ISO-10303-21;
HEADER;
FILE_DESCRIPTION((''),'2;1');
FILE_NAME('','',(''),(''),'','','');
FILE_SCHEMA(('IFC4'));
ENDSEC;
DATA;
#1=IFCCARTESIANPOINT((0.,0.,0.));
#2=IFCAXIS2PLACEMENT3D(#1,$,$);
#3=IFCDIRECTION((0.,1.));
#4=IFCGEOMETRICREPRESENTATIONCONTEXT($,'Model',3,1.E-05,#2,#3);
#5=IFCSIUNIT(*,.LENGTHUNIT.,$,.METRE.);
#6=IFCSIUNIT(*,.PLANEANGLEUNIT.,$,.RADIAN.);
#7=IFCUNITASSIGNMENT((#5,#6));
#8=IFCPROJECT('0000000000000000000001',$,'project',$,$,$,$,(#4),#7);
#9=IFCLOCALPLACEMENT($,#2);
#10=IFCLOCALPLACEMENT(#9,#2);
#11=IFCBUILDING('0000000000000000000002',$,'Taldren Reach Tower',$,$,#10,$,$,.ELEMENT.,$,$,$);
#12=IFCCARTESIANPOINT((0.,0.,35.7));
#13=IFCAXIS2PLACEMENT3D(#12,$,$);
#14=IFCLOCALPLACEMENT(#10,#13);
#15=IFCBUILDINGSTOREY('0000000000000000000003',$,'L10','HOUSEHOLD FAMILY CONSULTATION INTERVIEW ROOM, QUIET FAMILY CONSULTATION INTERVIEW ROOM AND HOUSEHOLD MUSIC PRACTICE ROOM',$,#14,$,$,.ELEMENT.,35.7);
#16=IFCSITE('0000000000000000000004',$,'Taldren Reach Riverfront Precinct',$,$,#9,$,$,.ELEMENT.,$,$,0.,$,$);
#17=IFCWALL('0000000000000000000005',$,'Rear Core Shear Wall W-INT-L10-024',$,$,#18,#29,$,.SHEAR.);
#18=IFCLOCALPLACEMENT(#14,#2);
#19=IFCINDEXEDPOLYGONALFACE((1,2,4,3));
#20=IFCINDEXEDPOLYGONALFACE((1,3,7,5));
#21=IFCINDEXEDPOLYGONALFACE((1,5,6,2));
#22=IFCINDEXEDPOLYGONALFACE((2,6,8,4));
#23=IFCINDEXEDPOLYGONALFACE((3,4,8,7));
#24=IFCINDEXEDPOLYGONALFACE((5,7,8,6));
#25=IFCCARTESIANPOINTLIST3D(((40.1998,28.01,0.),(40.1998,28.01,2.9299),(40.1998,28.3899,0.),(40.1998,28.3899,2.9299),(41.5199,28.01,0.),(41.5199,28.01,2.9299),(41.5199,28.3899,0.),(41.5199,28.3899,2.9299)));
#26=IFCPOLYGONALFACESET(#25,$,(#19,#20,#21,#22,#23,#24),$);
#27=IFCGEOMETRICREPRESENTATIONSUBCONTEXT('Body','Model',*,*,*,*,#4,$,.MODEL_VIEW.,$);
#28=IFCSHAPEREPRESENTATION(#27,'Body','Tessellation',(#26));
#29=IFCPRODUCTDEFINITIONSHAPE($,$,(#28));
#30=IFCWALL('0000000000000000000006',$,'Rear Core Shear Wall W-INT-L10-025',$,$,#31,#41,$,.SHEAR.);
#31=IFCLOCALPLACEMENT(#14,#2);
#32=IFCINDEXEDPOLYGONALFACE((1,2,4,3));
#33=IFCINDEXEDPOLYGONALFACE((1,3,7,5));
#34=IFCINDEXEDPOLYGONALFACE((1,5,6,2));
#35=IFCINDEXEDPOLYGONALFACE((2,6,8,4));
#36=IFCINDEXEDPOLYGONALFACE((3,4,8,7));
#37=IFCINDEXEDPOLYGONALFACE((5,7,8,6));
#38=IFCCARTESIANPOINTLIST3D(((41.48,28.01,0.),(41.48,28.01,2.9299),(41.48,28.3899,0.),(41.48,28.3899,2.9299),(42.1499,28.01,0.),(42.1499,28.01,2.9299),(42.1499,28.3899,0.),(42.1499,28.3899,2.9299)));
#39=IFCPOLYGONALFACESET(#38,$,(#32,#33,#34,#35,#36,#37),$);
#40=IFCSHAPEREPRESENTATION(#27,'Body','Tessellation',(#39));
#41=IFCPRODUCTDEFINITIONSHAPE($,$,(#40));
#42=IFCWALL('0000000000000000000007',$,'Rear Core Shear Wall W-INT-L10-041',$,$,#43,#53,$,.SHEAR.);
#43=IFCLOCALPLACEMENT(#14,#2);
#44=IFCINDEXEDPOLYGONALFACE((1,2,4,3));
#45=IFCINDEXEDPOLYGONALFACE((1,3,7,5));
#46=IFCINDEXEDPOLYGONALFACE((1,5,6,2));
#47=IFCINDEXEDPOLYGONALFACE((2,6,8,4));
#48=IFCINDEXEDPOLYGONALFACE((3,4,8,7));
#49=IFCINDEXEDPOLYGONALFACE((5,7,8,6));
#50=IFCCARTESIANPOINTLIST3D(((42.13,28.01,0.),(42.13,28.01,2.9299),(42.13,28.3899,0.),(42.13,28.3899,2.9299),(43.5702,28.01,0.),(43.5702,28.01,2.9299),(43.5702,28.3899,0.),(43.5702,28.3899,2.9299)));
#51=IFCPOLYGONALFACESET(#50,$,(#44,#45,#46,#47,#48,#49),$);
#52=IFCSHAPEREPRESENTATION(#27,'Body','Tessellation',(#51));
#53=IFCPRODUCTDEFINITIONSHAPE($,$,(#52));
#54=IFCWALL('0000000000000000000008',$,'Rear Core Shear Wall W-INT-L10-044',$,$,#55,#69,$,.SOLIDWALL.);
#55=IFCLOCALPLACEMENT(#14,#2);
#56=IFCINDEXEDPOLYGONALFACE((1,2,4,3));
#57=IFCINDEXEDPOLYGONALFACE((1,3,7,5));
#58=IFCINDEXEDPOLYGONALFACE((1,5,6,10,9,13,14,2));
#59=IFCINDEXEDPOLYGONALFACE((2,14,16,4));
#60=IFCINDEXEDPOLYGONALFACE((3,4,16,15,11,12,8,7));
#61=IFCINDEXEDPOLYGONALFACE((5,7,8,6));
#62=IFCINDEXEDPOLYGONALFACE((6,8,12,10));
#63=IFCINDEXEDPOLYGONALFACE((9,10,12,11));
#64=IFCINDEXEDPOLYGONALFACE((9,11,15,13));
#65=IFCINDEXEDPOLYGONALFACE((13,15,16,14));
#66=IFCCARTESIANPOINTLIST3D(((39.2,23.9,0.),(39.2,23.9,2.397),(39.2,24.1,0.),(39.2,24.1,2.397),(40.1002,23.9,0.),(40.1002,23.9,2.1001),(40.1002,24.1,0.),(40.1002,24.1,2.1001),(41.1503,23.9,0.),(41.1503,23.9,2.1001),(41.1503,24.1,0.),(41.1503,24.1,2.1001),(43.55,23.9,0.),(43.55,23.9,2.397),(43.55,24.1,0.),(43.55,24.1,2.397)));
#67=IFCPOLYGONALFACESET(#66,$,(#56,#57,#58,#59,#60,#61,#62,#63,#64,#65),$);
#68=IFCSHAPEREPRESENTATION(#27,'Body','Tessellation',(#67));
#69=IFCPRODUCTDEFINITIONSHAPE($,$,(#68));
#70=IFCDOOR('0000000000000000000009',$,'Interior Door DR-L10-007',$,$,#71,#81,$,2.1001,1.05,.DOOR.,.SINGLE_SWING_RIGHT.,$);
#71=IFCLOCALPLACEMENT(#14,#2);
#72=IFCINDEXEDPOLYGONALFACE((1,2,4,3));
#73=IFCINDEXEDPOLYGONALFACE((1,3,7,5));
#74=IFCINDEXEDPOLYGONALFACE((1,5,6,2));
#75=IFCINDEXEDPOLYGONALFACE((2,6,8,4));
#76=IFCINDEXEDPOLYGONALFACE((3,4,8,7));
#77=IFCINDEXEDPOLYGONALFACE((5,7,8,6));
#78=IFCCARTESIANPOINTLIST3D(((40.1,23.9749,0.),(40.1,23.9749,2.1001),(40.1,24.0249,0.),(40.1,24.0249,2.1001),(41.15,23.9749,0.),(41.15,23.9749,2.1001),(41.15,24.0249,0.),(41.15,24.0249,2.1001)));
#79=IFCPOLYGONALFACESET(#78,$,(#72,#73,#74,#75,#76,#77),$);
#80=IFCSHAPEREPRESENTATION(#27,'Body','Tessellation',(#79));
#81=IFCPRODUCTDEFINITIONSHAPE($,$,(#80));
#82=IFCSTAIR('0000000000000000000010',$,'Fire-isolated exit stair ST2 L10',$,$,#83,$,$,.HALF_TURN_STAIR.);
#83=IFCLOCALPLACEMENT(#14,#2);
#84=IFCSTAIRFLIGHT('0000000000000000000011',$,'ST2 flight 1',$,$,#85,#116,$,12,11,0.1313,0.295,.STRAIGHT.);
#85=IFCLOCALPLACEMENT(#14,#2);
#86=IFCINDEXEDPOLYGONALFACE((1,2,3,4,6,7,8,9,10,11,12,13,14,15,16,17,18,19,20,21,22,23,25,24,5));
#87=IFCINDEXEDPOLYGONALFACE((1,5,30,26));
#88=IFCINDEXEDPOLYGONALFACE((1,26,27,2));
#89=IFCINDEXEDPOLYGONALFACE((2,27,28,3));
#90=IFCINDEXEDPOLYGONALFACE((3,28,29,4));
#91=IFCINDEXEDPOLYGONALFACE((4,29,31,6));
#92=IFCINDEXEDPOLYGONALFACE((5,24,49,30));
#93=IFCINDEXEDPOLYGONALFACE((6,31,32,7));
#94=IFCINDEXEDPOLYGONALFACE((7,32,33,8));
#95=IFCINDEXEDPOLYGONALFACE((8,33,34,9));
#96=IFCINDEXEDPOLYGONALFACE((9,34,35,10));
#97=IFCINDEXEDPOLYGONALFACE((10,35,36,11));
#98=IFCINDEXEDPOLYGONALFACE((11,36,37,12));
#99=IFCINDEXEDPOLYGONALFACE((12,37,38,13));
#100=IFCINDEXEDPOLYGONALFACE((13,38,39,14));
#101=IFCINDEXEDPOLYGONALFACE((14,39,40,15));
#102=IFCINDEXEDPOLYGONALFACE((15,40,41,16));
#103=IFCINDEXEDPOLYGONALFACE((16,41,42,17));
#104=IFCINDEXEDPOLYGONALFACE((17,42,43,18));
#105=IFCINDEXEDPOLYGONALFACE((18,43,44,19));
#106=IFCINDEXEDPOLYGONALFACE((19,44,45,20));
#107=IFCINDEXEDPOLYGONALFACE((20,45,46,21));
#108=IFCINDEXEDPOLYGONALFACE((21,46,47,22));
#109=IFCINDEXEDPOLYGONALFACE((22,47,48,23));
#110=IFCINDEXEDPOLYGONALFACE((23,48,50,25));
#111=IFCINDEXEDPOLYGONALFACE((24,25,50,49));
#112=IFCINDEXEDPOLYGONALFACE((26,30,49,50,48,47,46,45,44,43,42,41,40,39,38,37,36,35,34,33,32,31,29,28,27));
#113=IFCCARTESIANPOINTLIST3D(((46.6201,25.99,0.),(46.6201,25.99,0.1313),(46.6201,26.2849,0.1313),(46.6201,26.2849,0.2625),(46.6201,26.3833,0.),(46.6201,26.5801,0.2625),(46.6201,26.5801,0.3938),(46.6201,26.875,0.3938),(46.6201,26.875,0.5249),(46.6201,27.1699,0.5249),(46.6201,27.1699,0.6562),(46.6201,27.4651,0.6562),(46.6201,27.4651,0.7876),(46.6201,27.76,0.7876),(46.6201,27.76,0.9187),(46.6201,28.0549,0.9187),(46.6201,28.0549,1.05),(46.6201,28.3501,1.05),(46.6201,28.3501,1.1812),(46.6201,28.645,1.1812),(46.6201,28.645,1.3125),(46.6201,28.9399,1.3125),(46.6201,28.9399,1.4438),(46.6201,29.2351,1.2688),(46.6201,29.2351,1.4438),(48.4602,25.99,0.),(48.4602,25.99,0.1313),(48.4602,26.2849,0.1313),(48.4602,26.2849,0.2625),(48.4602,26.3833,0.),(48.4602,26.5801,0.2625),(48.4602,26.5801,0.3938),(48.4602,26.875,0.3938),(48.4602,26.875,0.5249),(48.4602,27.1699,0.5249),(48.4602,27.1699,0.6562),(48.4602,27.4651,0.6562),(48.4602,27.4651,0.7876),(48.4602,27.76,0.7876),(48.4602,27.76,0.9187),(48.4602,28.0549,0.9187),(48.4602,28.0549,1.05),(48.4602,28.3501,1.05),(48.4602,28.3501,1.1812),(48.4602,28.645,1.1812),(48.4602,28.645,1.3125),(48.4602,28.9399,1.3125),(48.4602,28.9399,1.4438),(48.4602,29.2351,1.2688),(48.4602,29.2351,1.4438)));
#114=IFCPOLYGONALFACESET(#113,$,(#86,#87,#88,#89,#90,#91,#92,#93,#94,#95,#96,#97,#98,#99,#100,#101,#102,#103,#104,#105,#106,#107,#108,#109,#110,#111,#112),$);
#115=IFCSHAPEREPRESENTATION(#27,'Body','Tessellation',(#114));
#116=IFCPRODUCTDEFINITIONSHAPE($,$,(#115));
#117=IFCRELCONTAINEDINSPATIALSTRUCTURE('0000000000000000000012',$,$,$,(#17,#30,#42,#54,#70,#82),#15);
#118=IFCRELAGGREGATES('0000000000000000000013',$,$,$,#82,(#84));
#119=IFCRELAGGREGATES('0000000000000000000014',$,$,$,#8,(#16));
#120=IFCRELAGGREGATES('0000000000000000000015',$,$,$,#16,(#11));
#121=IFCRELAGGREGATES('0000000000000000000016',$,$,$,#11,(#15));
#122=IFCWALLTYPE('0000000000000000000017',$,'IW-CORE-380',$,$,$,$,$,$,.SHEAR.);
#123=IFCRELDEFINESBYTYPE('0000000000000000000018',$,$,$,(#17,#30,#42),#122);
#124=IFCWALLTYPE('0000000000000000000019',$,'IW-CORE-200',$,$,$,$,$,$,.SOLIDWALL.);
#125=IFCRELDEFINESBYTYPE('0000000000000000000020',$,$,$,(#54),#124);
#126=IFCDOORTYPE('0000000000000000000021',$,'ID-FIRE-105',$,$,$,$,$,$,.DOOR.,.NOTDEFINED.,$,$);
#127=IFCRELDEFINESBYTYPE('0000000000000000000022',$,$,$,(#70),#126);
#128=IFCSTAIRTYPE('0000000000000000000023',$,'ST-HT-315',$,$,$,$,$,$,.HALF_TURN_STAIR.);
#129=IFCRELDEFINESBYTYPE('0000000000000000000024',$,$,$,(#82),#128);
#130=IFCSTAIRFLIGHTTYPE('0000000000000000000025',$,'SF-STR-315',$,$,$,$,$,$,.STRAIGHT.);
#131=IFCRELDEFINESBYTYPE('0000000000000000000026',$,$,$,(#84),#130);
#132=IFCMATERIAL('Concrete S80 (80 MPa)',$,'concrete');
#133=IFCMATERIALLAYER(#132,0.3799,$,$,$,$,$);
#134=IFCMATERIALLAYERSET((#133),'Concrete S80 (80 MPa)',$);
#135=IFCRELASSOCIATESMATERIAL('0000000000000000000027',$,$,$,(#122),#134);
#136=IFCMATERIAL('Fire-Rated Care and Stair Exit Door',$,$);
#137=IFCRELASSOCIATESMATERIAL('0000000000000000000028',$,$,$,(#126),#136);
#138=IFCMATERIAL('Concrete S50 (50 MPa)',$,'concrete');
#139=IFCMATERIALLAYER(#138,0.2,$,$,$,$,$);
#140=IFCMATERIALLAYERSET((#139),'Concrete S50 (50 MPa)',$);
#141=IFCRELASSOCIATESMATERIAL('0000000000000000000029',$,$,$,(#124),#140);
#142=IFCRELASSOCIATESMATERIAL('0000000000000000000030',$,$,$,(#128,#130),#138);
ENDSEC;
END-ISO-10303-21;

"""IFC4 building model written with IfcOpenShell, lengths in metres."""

from ifc_helpers import new_model, si_unit, direction, frame, frame_2d, origin, place, context, subcontext, project, spatial, polyline, rectangle, outline, extrude, source, transform, mapped, material, layer, layer_set, type_object, element, fill, aggregate, save


model = new_model("IFC4")

# Units and contexts
model_context = context("Model", 3, precision=1e-05, world=origin(), true_north=direction((0.0, 1.0)))
body_context = subcontext(model_context, "Body", "Model", "MODEL_VIEW")
ifc_project = project(units=[si_unit("LENGTHUNIT", "METRE"), si_unit("PLANEANGLEUNIT", "RADIAN")], contexts=[model_context])

# Site, building, storey
site_placement = place(None, origin())
site = spatial("IfcSite", under=ifc_project, at=site_placement, Name="Taldren Reach Riverfront Precinct", CompositionType="ELEMENT", RefElevation=0.0)
building_placement = place(site_placement, origin())
building = spatial("IfcBuilding", under=site, at=building_placement, Name="Taldren Reach Tower", CompositionType="ELEMENT")
storey_placement = place(building_placement, frame((0.0, 0.0, 35.7)))
storey = spatial("IfcBuildingStorey", under=building, at=storey_placement, Name="L10", Description="HOUSEHOLD FAMILY CONSULTATION INTERVIEW ROOM, QUIET FAMILY CONSULTATION INTERVIEW ROOM AND HOUSEHOLD MUSIC PRACTICE ROOM", CompositionType="ELEMENT", Elevation=35.7)

# Shared definitions
ifc_material_1 = material(Name="Concrete S80 (80 MPa)", Category="concrete")
ifc_layer_1 = layer(ifc_material_1, 0.3799)
ifc_layer_set_1 = layer_set([ifc_layer_1], Name="Concrete S80 (80 MPa)")
wall_type_1 = type_object("IfcWallType", Name="IW-CORE-380", PredefinedType="SHEAR", material=ifc_layer_set_1)

# Shared definitions
ifc_material_2 = material(Name="Fire-Rated Care and Stair Exit Door")
door_type_1 = type_object("IfcDoorType", Name="ID-FIRE-105", OperationType="NOTDEFINED", PredefinedType="DOOR", material=ifc_material_2)
shared_shape_1 = source(origin(), body_context, "Body", "SweptSolid", [
    extrude(rectangle(XDim=1.05, YDim=2.1001, at=frame_2d((0.5249, 1.05))), frame((0.0, 0.0249, 0.0), z_axis=(0.0, -1.0, 0.0), x_axis=(1.0, 0.0, 0.0)), (0.0, 0.0, 1.0), 0.05),
])

# Shared definitions
ifc_material_3 = material(Name="Concrete S50 (50 MPa)", Category="concrete")
ifc_layer_2 = layer(ifc_material_3, 0.2)
ifc_layer_set_2 = layer_set([ifc_layer_2], Name="Concrete S50 (50 MPa)")
wall_type_2 = type_object("IfcWallType", Name="IW-CORE-200", PredefinedType="SOLIDWALL", material=ifc_layer_set_2)

# Shared definitions
shared_shape_2 = source(origin(), body_context, "Body", "SweptSolid", [
    extrude(rectangle(XDim=1.05, YDim=2.1001, at=frame_2d((0.5249, 1.05))), frame((0.0, 0.1099, 0.0), z_axis=(0.0, -1.0, 0.0), x_axis=(1.0, 0.0, 0.0)), (0.0, 0.0, 1.0), 0.22),
])

# Walls
shared_shape_3 = source(origin(), body_context, "Body", "SweptSolid", [
    extrude(rectangle(XDim=1.3201, YDim=0.3799, at=frame_2d((0.6602, 0.0))), origin(), (0.0, 0.0, 1.0), 2.9299),
])
wall_1_placement = place(storey_placement, frame((41.52, 28.2, 0.0), z_axis=(0.0, 0.0, 1.0), x_axis=(-1.0, 0.0, 0.0)))
element("IfcWall", 1, at=wall_1_placement, inside=storey, type_object=wall_type_1, Name="Rear Core Shear Wall W-INT-L10-024", PredefinedType="SHEAR", context=body_context, shape_type="MappedRepresentation", body=[
    mapped(shared_shape_3, transform((0.0, 0.0, 0.0), scale=1.0)),
])
shared_shape_4 = source(origin(), body_context, "Body", "SweptSolid", [
    extrude(rectangle(XDim=0.6699, YDim=0.3799, at=frame_2d((0.335, 0.0))), origin(), (0.0, 0.0, 1.0), 2.9299),
])
wall_2_placement = place(storey_placement, frame((42.1499, 28.2, 0.0), z_axis=(0.0, 0.0, 1.0), x_axis=(-1.0, 0.0, 0.0)))
element("IfcWall", 2, at=wall_2_placement, inside=storey, type_object=wall_type_1, Name="Rear Core Shear Wall W-INT-L10-025", PredefinedType="SHEAR", context=body_context, shape_type="MappedRepresentation", body=[
    mapped(shared_shape_4, transform((0.0, 0.0, 0.0), scale=1.0)),
])
shared_shape_5 = source(origin(), body_context, "Body", "SweptSolid", [
    extrude(rectangle(XDim=1.4402, YDim=0.3799, at=frame_2d((0.7202, 0.0))), origin(), (0.0, 0.0, 1.0), 2.9299),
])
wall_3_placement = place(storey_placement, frame((42.1299, 28.2, 0.0), z_axis=(0.0, 0.0, 1.0), x_axis=(1.0, 0.0, 0.0)))
element("IfcWall", 3, at=wall_3_placement, inside=storey, type_object=wall_type_1, Name="Rear Core Shear Wall W-INT-L10-041", PredefinedType="SHEAR", context=body_context, shape_type="MappedRepresentation", body=[
    mapped(shared_shape_5, transform((0.0, 0.0, 0.0), scale=1.0)),
])

# Wall, opening, door
shared_shape_6 = source(origin(), body_context, "Body", "SweptSolid", [
    extrude(rectangle(XDim=4.3501, YDim=0.2, at=frame_2d((2.175, 0.0))), origin(), (0.0, 0.0, 1.0), 2.397),
])
wall_4_placement = place(storey_placement, frame((43.55, 24.0, 0.0), z_axis=(0.0, 0.0, 1.0), x_axis=(-1.0, 0.0, 0.0)))
wall_4 = element("IfcWall", 4, at=wall_4_placement, inside=storey, type_object=wall_type_2, Name="Rear Core Shear Wall W-INT-L10-044", PredefinedType="SOLIDWALL", context=body_context, shape_type="MappedRepresentation", body=[
    mapped(shared_shape_6, transform((0.0, 0.0, 0.0), scale=1.0)),
])
opening_1_placement = place(wall_4_placement, frame((2.3999, 0.0, 0.0)))
opening_1 = element("IfcOpeningElement", 5, at=opening_1_placement, cuts=wall_4, PredefinedType="OPENING", context=body_context, shape_type="MappedRepresentation", body=[
    mapped(shared_shape_2, transform((0.0, 0.0, 0.0), scale=1.0)),
])
door_1_placement = place(opening_1_placement, frame((1.05, 0.0, 0.0), z_axis=(0.0, 0.0, 1.0), x_axis=(-1.0, 0.0, 0.0)))
door_1 = element("IfcDoor", 6, at=door_1_placement, inside=storey, type_object=door_type_1, Name="Interior Door DR-L10-007", OperationType="SINGLE_SWING_RIGHT", OverallHeight=2.1001, OverallWidth=1.05, PredefinedType="DOOR", context=body_context, shape_type="MappedRepresentation", body=[
    mapped(shared_shape_1, transform((0.0, 0.0, 0.0), scale=1.0)),
])
fill(opening_1, door_1)

# Stair, stair flight
stair_type = type_object("IfcStairType", Name="ST-HT-315", PredefinedType="HALF_TURN_STAIR", material=ifc_material_3)
stair_placement = place(storey_placement, origin())
stair = element("IfcStair", 7, at=stair_placement, inside=storey, type_object=stair_type, Name="Fire-isolated exit stair ST2 L10", PredefinedType="HALF_TURN_STAIR")
stair_flight_type = type_object("IfcStairFlightType", Name="SF-STR-315", PredefinedType="STRAIGHT", material=ifc_material_3)
stair_flight_placement = place(storey_placement, frame((47.54, 25.99, 0.0), z_axis=(0.0, 0.0, 1.0), x_axis=(0.0, 1.0, 0.0)))
stair_flight = element("IfcStairFlight", 8, at=stair_flight_placement, type_object=stair_flight_type, Name="ST2 flight 1", NumberOfRisers=12, NumberOfTreads=11, PredefinedType="STRAIGHT", RiserHeight=0.1313, TreadLength=0.295, context=body_context, shape_type="SweptSolid", body=[
    extrude(outline(polyline([(0.0, 0.0), (0.0, 0.1313), (0.2949, 0.1313), (0.2949, 0.2625), (0.5901, 0.2625), (0.5901, 0.3938), (0.885, 0.3938), (0.885, 0.5249), (1.1799, 0.5249), (1.1799, 0.6562), (1.4751, 0.6562), (1.4751, 0.7876), (1.77, 0.7876), (1.77, 0.9187), (2.0649, 0.9187), (2.0649, 1.05), (2.3601, 1.05), (2.3601, 1.1812), (2.655, 1.1812), (2.655, 1.3125), (2.95, 1.3125), (2.95, 1.4438), (3.2451, 1.4438), (3.2451, 1.575), (3.2451, 1.2688), (0.3933, 0.0), (0.0, 0.0)])), frame((0.0, 0.9199, 0.0), z_axis=(0.0, -1.0, 0.0), x_axis=(1.0, 0.0, 0.0)), (0.0, 0.0, 1.0), 1.8401),
])
aggregate(stair, [stair_flight])

save(model, "model.ifc")
